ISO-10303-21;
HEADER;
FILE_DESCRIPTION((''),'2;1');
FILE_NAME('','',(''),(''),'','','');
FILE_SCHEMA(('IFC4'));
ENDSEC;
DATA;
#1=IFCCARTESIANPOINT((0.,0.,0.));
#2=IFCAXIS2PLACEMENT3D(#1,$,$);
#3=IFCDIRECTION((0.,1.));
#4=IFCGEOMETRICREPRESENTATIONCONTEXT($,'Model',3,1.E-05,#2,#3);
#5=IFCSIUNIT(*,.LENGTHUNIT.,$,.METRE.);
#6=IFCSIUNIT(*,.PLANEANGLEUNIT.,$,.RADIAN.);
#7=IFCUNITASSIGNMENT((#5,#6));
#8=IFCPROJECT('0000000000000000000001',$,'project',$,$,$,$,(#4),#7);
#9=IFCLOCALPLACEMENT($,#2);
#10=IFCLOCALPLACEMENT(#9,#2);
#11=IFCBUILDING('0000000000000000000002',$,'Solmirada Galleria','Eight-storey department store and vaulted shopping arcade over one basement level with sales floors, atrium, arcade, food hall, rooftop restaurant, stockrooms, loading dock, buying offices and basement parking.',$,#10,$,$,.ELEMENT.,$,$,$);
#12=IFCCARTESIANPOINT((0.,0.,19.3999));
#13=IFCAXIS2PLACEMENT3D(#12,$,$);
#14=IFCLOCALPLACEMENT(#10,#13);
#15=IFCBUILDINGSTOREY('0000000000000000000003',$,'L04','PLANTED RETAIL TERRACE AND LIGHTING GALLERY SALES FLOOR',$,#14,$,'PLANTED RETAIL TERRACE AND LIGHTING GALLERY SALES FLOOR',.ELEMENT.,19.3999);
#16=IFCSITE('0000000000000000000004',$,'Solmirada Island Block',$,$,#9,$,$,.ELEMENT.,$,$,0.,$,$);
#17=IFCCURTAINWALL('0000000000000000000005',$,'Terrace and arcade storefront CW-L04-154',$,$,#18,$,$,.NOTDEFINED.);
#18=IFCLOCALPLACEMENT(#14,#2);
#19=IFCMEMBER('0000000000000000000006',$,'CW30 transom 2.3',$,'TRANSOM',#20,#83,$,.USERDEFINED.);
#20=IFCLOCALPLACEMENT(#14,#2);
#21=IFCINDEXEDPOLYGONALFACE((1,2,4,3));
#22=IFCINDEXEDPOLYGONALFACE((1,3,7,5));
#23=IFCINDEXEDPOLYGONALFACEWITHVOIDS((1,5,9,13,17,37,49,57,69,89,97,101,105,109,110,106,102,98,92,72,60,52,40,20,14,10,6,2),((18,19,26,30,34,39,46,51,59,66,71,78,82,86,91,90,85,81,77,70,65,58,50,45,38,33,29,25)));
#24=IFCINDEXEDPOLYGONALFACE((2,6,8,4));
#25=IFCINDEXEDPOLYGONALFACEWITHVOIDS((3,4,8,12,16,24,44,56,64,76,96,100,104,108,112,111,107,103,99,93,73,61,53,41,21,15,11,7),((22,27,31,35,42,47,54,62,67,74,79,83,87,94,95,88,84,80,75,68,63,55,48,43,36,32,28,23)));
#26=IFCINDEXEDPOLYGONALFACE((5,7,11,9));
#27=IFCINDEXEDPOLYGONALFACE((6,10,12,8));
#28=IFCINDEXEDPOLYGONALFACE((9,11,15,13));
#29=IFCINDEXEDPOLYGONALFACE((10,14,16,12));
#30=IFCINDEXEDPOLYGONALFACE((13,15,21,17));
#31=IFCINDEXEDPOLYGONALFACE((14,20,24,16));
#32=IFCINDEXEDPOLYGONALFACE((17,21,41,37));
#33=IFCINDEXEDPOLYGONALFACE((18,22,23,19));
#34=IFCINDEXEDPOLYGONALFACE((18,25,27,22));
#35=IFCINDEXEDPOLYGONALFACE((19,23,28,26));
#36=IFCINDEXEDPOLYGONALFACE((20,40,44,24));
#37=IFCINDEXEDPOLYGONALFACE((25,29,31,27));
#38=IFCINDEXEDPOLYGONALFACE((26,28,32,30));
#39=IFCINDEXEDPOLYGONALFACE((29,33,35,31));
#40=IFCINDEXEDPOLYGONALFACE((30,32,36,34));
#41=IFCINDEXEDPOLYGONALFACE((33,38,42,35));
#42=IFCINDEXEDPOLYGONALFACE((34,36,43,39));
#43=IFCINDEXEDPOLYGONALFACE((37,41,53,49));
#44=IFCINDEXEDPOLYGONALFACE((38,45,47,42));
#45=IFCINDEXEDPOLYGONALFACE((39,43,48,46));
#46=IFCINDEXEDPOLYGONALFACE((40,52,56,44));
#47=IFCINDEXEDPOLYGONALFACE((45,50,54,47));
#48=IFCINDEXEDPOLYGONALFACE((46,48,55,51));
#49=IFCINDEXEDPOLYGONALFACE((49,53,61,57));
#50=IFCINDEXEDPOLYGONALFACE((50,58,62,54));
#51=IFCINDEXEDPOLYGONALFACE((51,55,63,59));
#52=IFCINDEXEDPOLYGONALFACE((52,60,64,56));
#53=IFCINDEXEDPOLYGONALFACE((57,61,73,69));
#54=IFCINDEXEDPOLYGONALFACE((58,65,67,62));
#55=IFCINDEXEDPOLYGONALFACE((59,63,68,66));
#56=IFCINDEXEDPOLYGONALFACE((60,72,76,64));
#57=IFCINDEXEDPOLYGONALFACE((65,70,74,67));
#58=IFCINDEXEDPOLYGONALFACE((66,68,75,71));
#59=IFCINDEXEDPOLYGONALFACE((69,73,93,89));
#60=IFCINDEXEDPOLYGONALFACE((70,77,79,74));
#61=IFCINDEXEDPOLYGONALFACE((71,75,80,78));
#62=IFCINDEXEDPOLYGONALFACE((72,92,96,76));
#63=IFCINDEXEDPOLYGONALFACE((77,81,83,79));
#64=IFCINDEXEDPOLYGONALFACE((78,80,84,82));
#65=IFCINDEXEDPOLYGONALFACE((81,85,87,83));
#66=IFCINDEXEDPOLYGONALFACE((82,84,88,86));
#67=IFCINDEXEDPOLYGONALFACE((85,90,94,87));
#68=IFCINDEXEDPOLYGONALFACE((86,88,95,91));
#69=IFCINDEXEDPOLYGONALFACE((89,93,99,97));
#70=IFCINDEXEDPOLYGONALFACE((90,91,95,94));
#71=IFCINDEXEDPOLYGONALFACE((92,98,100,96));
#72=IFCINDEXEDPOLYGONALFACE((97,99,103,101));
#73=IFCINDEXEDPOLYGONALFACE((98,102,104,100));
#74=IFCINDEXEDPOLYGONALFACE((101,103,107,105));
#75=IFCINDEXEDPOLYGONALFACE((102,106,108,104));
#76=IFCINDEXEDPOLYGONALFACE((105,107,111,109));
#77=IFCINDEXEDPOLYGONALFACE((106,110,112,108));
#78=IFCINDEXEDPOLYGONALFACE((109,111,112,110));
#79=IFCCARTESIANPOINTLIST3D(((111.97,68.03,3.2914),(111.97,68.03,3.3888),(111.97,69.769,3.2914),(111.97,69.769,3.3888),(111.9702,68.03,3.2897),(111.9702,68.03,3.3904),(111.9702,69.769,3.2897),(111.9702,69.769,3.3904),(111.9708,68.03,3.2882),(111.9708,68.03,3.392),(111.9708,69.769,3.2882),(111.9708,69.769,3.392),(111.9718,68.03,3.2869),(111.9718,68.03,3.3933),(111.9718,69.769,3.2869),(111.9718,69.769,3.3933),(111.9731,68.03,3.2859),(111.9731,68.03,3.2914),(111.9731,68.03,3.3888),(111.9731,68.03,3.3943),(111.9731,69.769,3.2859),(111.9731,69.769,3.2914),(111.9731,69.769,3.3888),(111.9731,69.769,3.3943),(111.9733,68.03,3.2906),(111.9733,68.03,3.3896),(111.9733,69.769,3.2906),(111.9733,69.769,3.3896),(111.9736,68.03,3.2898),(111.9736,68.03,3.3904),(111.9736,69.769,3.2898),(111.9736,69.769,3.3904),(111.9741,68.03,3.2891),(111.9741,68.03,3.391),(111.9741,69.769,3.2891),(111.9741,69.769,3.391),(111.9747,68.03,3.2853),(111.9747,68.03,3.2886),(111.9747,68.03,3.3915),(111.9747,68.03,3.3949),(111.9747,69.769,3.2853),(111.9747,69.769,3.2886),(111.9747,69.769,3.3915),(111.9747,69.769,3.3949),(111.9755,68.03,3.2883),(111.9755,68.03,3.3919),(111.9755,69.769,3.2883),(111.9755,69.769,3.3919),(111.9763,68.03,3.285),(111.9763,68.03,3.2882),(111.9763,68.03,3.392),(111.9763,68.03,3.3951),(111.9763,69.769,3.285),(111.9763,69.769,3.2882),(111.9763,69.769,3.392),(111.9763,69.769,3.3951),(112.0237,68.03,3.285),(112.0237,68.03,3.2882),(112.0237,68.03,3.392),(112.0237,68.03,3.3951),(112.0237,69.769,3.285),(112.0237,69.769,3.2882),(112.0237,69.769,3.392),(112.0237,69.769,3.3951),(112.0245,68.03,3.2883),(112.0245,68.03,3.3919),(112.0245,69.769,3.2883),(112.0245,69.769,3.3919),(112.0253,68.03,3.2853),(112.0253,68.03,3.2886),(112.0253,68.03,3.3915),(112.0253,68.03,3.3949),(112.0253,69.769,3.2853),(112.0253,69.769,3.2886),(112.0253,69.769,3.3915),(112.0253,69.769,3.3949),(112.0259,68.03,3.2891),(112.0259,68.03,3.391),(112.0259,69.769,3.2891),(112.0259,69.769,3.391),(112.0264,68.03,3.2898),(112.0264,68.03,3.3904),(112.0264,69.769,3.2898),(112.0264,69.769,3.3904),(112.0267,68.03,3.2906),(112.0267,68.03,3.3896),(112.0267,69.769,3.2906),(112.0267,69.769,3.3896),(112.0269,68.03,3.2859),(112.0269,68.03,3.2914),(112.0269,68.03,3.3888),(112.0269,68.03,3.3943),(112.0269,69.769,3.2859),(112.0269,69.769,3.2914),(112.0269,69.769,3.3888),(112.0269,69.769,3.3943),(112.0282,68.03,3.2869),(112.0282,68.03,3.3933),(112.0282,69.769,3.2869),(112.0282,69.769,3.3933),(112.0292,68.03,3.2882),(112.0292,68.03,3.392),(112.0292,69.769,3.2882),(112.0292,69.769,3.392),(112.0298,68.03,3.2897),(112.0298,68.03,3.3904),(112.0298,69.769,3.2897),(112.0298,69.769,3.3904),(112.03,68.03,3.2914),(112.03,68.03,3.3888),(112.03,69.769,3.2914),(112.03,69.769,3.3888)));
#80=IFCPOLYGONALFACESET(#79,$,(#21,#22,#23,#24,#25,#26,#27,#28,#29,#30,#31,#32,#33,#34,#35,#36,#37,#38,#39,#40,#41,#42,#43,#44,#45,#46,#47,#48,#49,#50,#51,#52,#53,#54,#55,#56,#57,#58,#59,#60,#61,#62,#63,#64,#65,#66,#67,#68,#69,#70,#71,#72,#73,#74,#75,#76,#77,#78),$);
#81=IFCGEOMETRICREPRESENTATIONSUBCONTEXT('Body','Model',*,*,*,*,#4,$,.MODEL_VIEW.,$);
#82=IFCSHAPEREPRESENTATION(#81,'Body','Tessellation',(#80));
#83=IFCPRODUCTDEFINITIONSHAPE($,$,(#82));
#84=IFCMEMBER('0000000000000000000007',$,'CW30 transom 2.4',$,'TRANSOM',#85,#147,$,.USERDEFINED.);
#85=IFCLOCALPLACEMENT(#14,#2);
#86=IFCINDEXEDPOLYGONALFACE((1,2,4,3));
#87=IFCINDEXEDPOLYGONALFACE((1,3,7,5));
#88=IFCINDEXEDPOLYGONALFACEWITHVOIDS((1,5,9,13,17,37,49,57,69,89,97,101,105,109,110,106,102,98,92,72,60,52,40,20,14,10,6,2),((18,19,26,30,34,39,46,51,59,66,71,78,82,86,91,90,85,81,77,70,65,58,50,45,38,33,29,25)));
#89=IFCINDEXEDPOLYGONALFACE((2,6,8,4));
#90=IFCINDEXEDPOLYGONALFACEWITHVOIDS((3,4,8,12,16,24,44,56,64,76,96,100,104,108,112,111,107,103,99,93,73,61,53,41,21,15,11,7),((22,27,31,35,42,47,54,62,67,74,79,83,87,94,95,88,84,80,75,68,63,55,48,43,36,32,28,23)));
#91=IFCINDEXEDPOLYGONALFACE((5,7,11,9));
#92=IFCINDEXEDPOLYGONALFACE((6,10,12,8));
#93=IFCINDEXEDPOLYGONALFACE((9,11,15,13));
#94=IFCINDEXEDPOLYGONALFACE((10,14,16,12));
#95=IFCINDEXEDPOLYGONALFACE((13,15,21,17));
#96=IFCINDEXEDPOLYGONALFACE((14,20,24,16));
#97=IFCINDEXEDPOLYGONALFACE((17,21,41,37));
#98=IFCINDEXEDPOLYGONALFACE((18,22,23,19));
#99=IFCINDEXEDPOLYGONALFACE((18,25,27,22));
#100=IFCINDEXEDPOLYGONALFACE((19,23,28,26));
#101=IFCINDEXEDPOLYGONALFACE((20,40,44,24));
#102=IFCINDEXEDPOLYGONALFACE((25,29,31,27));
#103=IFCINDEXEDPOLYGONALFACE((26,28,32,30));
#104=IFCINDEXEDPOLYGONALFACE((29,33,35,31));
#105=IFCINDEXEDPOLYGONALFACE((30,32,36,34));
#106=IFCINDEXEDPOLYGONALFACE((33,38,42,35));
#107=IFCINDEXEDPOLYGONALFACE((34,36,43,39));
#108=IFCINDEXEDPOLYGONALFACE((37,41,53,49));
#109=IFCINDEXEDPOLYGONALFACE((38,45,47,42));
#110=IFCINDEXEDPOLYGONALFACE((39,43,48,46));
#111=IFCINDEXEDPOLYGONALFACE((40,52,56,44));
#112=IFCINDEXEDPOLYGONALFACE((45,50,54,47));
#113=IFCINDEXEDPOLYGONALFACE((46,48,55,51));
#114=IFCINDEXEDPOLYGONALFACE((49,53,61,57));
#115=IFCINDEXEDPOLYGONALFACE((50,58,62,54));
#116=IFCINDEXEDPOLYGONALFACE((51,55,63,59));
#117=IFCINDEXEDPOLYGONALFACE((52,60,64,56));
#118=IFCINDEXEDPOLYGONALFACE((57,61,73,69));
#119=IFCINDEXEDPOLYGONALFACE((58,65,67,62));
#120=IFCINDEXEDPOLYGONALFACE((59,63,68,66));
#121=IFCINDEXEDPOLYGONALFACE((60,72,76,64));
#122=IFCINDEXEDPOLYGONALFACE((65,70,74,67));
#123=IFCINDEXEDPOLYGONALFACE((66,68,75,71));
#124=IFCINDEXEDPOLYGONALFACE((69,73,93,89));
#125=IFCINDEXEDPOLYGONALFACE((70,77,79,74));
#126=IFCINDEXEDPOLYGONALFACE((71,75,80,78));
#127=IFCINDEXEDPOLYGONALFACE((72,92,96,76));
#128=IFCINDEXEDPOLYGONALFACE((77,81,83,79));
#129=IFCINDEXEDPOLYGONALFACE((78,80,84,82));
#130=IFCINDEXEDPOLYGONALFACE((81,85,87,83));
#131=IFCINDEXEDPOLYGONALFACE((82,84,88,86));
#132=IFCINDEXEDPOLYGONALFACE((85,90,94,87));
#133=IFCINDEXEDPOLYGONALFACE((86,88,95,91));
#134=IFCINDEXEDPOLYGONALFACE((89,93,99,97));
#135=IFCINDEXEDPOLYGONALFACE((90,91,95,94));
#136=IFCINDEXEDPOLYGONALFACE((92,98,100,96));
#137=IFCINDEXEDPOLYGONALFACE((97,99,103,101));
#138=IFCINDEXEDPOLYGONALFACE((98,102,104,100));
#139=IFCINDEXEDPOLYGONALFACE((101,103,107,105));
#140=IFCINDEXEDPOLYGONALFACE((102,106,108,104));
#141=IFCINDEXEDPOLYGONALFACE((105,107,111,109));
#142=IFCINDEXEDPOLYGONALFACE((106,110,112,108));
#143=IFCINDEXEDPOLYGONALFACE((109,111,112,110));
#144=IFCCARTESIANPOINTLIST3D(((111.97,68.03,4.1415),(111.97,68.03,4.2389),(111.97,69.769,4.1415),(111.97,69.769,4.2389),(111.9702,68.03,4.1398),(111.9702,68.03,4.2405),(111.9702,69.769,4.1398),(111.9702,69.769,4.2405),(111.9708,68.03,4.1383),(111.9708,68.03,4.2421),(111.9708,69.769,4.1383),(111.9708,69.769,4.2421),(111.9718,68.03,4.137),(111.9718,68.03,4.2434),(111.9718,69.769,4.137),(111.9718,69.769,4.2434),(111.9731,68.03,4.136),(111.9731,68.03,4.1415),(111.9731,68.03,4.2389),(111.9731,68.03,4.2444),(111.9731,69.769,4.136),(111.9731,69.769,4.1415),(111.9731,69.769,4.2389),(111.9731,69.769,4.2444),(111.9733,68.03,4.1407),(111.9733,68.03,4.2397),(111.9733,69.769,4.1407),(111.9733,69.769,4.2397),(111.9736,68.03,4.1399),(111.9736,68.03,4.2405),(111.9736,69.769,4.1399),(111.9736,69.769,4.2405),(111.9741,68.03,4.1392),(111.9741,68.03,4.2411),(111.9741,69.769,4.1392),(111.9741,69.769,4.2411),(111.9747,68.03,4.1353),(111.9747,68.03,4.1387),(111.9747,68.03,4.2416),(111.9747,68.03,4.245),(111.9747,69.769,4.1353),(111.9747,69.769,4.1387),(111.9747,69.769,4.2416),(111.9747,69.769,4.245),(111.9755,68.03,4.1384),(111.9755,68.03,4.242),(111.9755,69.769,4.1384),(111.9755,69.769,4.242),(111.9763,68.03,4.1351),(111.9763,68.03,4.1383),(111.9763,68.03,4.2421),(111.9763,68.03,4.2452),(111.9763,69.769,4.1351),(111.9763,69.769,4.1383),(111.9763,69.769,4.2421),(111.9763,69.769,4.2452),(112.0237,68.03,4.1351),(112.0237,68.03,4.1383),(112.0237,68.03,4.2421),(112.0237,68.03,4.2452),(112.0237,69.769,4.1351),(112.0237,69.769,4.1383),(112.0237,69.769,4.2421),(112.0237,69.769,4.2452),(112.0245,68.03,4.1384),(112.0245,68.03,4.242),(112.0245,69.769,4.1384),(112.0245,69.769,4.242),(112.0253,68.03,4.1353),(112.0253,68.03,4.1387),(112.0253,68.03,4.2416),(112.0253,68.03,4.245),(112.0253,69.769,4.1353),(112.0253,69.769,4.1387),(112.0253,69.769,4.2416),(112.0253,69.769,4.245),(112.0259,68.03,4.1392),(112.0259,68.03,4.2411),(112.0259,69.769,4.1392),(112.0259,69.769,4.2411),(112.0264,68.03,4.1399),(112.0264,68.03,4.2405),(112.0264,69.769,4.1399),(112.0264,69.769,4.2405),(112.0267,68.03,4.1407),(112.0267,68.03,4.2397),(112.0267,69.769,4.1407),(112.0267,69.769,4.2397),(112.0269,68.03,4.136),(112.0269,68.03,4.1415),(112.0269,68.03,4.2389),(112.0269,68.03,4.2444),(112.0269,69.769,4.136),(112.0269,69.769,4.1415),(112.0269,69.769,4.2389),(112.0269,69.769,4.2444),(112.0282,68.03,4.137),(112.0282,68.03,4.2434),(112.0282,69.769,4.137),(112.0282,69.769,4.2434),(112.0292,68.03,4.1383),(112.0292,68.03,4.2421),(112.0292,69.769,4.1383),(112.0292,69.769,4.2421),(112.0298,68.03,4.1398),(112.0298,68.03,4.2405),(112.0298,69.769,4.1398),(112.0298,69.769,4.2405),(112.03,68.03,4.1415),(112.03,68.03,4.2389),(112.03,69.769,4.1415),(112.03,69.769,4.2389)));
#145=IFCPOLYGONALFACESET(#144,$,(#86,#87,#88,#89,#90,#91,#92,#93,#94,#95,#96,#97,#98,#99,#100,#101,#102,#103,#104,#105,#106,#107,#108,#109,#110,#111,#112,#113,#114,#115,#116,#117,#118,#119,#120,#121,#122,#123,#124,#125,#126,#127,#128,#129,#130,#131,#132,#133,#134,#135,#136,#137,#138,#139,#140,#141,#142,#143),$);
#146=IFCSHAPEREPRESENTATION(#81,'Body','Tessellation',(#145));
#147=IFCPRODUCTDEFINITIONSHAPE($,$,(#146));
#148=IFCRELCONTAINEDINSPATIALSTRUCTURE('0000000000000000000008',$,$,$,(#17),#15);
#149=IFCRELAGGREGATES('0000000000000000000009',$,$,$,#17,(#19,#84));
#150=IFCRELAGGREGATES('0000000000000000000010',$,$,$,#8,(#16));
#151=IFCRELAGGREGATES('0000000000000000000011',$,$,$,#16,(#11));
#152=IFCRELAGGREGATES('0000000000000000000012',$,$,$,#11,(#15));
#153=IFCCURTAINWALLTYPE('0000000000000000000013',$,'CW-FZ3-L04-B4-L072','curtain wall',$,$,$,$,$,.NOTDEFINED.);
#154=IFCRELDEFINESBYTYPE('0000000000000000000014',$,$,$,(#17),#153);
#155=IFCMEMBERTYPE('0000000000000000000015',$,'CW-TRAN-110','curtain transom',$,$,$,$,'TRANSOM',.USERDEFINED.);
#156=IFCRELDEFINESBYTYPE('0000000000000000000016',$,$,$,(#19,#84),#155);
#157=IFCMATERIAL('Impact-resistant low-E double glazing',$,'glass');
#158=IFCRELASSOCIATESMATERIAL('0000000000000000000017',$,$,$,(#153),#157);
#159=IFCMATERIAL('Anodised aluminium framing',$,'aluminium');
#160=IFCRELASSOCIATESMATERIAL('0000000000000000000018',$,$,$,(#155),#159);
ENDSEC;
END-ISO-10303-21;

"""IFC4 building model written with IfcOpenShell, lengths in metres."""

from ifc_helpers import new_model, si_unit, direction, frame, origin, origin_2d, place, context, subcontext, project, spatial, hollow_rectangle, extrude, material, material_profile, profile_set, type_object, element, aggregate, save


model = new_model("IFC4")

# Units and contexts
model_context = context("Model", 3, precision=1e-05, world=origin(), true_north=direction((0.0, 1.0)))
body_context = subcontext(model_context, "Body", "Model", "MODEL_VIEW")
ifc_project = project(units=[si_unit("LENGTHUNIT", "METRE"), si_unit("PLANEANGLEUNIT", "RADIAN")], contexts=[model_context])

# Site, building, storey
site_placement = place(None, origin())
site = spatial("IfcSite", under=ifc_project, at=site_placement, Name="Solmirada Island Block", CompositionType="ELEMENT", RefElevation=0.0)
building_placement = place(site_placement, origin())
building = spatial("IfcBuilding", under=site, at=building_placement, Name="Solmirada Galleria", Description="Eight-storey department store and vaulted shopping arcade over one basement level with sales floors, atrium, arcade, food hall, rooftop restaurant, stockrooms, loading dock, buying offices and basement parking.", CompositionType="ELEMENT")
storey_placement = place(building_placement, frame((0.0, 0.0, 19.3999)))
storey = spatial("IfcBuildingStorey", under=building, at=storey_placement, Name="L04", Description="PLANTED RETAIL TERRACE AND LIGHTING GALLERY SALES FLOOR", LongName="PLANTED RETAIL TERRACE AND LIGHTING GALLERY SALES FLOOR", CompositionType="ELEMENT", Elevation=19.3999)

# Curtain wall, members
ifc_material_1 = material(Name="Impact-resistant low-E double glazing", Category="glass")
curtain_wall_type = type_object("IfcCurtainWallType", Name="CW-FZ3-L04-B4-L072", Description="curtain wall", PredefinedType="NOTDEFINED", material=ifc_material_1)
curtain_wall_placement = place(storey_placement, origin())
curtain_wall = element("IfcCurtainWall", 1, at=curtain_wall_placement, inside=storey, type_object=curtain_wall_type, Name="Terrace and arcade storefront CW-L04-154", PredefinedType="NOTDEFINED")
ifc_material_2 = material(Name="Anodised aluminium framing", Category="aluminium")
ifc_material_profile_1 = material_profile(ifc_material_2, hollow_rectangle(XDim=0.0601, YDim=0.1101, WallThickness=0.0032, InnerFilletRadius=0.0032, OuterFilletRadius=0.0063, at=origin_2d()), Name="ALU-TRAN-110X60")
ifc_profile_set_1 = profile_set([ifc_material_profile_1], Name="Anodised aluminium framing")
member_type_1 = type_object("IfcMemberType", Name="CW-TRAN-110", Description="curtain transom", ElementType="TRANSOM", PredefinedType="USERDEFINED", material=ifc_profile_set_1)
member_1_placement = place(storey_placement, frame((112.0, 69.769, 3.3401), z_axis=(0.0, -1.0, 0.0), x_axis=(1.0, 0.0, 0.0)))
member_1 = element("IfcMember", 2, at=member_1_placement, type_object=member_type_1, Name="CW30 transom 2.3", ObjectType="TRANSOM", PredefinedType="USERDEFINED", context=body_context, shape_type="SweptSolid", body=[
    extrude(hollow_rectangle(XDim=0.0601, YDim=0.1101, WallThickness=0.0032, InnerFilletRadius=0.0032, OuterFilletRadius=0.0063, at=origin_2d()), origin(), (0.0, 0.0, 1.0), 1.739),
])
member_2_placement = place(storey_placement, frame((112.0, 69.769, 4.1902), z_axis=(0.0, -1.0, 0.0), x_axis=(1.0, 0.0, 0.0)))
member_2 = element("IfcMember", 3, at=member_2_placement, type_object=member_type_1, Name="CW30 transom 2.4", ObjectType="TRANSOM", PredefinedType="USERDEFINED", context=body_context, shape_type="SweptSolid", body=[
    extrude(hollow_rectangle(XDim=0.0601, YDim=0.1101, WallThickness=0.0032, InnerFilletRadius=0.0032, OuterFilletRadius=0.0063, at=origin_2d()), origin(), (0.0, 0.0, 1.0), 1.739),
])
aggregate(curtain_wall, [member_1, member_2])

save(model, "model.ifc")
